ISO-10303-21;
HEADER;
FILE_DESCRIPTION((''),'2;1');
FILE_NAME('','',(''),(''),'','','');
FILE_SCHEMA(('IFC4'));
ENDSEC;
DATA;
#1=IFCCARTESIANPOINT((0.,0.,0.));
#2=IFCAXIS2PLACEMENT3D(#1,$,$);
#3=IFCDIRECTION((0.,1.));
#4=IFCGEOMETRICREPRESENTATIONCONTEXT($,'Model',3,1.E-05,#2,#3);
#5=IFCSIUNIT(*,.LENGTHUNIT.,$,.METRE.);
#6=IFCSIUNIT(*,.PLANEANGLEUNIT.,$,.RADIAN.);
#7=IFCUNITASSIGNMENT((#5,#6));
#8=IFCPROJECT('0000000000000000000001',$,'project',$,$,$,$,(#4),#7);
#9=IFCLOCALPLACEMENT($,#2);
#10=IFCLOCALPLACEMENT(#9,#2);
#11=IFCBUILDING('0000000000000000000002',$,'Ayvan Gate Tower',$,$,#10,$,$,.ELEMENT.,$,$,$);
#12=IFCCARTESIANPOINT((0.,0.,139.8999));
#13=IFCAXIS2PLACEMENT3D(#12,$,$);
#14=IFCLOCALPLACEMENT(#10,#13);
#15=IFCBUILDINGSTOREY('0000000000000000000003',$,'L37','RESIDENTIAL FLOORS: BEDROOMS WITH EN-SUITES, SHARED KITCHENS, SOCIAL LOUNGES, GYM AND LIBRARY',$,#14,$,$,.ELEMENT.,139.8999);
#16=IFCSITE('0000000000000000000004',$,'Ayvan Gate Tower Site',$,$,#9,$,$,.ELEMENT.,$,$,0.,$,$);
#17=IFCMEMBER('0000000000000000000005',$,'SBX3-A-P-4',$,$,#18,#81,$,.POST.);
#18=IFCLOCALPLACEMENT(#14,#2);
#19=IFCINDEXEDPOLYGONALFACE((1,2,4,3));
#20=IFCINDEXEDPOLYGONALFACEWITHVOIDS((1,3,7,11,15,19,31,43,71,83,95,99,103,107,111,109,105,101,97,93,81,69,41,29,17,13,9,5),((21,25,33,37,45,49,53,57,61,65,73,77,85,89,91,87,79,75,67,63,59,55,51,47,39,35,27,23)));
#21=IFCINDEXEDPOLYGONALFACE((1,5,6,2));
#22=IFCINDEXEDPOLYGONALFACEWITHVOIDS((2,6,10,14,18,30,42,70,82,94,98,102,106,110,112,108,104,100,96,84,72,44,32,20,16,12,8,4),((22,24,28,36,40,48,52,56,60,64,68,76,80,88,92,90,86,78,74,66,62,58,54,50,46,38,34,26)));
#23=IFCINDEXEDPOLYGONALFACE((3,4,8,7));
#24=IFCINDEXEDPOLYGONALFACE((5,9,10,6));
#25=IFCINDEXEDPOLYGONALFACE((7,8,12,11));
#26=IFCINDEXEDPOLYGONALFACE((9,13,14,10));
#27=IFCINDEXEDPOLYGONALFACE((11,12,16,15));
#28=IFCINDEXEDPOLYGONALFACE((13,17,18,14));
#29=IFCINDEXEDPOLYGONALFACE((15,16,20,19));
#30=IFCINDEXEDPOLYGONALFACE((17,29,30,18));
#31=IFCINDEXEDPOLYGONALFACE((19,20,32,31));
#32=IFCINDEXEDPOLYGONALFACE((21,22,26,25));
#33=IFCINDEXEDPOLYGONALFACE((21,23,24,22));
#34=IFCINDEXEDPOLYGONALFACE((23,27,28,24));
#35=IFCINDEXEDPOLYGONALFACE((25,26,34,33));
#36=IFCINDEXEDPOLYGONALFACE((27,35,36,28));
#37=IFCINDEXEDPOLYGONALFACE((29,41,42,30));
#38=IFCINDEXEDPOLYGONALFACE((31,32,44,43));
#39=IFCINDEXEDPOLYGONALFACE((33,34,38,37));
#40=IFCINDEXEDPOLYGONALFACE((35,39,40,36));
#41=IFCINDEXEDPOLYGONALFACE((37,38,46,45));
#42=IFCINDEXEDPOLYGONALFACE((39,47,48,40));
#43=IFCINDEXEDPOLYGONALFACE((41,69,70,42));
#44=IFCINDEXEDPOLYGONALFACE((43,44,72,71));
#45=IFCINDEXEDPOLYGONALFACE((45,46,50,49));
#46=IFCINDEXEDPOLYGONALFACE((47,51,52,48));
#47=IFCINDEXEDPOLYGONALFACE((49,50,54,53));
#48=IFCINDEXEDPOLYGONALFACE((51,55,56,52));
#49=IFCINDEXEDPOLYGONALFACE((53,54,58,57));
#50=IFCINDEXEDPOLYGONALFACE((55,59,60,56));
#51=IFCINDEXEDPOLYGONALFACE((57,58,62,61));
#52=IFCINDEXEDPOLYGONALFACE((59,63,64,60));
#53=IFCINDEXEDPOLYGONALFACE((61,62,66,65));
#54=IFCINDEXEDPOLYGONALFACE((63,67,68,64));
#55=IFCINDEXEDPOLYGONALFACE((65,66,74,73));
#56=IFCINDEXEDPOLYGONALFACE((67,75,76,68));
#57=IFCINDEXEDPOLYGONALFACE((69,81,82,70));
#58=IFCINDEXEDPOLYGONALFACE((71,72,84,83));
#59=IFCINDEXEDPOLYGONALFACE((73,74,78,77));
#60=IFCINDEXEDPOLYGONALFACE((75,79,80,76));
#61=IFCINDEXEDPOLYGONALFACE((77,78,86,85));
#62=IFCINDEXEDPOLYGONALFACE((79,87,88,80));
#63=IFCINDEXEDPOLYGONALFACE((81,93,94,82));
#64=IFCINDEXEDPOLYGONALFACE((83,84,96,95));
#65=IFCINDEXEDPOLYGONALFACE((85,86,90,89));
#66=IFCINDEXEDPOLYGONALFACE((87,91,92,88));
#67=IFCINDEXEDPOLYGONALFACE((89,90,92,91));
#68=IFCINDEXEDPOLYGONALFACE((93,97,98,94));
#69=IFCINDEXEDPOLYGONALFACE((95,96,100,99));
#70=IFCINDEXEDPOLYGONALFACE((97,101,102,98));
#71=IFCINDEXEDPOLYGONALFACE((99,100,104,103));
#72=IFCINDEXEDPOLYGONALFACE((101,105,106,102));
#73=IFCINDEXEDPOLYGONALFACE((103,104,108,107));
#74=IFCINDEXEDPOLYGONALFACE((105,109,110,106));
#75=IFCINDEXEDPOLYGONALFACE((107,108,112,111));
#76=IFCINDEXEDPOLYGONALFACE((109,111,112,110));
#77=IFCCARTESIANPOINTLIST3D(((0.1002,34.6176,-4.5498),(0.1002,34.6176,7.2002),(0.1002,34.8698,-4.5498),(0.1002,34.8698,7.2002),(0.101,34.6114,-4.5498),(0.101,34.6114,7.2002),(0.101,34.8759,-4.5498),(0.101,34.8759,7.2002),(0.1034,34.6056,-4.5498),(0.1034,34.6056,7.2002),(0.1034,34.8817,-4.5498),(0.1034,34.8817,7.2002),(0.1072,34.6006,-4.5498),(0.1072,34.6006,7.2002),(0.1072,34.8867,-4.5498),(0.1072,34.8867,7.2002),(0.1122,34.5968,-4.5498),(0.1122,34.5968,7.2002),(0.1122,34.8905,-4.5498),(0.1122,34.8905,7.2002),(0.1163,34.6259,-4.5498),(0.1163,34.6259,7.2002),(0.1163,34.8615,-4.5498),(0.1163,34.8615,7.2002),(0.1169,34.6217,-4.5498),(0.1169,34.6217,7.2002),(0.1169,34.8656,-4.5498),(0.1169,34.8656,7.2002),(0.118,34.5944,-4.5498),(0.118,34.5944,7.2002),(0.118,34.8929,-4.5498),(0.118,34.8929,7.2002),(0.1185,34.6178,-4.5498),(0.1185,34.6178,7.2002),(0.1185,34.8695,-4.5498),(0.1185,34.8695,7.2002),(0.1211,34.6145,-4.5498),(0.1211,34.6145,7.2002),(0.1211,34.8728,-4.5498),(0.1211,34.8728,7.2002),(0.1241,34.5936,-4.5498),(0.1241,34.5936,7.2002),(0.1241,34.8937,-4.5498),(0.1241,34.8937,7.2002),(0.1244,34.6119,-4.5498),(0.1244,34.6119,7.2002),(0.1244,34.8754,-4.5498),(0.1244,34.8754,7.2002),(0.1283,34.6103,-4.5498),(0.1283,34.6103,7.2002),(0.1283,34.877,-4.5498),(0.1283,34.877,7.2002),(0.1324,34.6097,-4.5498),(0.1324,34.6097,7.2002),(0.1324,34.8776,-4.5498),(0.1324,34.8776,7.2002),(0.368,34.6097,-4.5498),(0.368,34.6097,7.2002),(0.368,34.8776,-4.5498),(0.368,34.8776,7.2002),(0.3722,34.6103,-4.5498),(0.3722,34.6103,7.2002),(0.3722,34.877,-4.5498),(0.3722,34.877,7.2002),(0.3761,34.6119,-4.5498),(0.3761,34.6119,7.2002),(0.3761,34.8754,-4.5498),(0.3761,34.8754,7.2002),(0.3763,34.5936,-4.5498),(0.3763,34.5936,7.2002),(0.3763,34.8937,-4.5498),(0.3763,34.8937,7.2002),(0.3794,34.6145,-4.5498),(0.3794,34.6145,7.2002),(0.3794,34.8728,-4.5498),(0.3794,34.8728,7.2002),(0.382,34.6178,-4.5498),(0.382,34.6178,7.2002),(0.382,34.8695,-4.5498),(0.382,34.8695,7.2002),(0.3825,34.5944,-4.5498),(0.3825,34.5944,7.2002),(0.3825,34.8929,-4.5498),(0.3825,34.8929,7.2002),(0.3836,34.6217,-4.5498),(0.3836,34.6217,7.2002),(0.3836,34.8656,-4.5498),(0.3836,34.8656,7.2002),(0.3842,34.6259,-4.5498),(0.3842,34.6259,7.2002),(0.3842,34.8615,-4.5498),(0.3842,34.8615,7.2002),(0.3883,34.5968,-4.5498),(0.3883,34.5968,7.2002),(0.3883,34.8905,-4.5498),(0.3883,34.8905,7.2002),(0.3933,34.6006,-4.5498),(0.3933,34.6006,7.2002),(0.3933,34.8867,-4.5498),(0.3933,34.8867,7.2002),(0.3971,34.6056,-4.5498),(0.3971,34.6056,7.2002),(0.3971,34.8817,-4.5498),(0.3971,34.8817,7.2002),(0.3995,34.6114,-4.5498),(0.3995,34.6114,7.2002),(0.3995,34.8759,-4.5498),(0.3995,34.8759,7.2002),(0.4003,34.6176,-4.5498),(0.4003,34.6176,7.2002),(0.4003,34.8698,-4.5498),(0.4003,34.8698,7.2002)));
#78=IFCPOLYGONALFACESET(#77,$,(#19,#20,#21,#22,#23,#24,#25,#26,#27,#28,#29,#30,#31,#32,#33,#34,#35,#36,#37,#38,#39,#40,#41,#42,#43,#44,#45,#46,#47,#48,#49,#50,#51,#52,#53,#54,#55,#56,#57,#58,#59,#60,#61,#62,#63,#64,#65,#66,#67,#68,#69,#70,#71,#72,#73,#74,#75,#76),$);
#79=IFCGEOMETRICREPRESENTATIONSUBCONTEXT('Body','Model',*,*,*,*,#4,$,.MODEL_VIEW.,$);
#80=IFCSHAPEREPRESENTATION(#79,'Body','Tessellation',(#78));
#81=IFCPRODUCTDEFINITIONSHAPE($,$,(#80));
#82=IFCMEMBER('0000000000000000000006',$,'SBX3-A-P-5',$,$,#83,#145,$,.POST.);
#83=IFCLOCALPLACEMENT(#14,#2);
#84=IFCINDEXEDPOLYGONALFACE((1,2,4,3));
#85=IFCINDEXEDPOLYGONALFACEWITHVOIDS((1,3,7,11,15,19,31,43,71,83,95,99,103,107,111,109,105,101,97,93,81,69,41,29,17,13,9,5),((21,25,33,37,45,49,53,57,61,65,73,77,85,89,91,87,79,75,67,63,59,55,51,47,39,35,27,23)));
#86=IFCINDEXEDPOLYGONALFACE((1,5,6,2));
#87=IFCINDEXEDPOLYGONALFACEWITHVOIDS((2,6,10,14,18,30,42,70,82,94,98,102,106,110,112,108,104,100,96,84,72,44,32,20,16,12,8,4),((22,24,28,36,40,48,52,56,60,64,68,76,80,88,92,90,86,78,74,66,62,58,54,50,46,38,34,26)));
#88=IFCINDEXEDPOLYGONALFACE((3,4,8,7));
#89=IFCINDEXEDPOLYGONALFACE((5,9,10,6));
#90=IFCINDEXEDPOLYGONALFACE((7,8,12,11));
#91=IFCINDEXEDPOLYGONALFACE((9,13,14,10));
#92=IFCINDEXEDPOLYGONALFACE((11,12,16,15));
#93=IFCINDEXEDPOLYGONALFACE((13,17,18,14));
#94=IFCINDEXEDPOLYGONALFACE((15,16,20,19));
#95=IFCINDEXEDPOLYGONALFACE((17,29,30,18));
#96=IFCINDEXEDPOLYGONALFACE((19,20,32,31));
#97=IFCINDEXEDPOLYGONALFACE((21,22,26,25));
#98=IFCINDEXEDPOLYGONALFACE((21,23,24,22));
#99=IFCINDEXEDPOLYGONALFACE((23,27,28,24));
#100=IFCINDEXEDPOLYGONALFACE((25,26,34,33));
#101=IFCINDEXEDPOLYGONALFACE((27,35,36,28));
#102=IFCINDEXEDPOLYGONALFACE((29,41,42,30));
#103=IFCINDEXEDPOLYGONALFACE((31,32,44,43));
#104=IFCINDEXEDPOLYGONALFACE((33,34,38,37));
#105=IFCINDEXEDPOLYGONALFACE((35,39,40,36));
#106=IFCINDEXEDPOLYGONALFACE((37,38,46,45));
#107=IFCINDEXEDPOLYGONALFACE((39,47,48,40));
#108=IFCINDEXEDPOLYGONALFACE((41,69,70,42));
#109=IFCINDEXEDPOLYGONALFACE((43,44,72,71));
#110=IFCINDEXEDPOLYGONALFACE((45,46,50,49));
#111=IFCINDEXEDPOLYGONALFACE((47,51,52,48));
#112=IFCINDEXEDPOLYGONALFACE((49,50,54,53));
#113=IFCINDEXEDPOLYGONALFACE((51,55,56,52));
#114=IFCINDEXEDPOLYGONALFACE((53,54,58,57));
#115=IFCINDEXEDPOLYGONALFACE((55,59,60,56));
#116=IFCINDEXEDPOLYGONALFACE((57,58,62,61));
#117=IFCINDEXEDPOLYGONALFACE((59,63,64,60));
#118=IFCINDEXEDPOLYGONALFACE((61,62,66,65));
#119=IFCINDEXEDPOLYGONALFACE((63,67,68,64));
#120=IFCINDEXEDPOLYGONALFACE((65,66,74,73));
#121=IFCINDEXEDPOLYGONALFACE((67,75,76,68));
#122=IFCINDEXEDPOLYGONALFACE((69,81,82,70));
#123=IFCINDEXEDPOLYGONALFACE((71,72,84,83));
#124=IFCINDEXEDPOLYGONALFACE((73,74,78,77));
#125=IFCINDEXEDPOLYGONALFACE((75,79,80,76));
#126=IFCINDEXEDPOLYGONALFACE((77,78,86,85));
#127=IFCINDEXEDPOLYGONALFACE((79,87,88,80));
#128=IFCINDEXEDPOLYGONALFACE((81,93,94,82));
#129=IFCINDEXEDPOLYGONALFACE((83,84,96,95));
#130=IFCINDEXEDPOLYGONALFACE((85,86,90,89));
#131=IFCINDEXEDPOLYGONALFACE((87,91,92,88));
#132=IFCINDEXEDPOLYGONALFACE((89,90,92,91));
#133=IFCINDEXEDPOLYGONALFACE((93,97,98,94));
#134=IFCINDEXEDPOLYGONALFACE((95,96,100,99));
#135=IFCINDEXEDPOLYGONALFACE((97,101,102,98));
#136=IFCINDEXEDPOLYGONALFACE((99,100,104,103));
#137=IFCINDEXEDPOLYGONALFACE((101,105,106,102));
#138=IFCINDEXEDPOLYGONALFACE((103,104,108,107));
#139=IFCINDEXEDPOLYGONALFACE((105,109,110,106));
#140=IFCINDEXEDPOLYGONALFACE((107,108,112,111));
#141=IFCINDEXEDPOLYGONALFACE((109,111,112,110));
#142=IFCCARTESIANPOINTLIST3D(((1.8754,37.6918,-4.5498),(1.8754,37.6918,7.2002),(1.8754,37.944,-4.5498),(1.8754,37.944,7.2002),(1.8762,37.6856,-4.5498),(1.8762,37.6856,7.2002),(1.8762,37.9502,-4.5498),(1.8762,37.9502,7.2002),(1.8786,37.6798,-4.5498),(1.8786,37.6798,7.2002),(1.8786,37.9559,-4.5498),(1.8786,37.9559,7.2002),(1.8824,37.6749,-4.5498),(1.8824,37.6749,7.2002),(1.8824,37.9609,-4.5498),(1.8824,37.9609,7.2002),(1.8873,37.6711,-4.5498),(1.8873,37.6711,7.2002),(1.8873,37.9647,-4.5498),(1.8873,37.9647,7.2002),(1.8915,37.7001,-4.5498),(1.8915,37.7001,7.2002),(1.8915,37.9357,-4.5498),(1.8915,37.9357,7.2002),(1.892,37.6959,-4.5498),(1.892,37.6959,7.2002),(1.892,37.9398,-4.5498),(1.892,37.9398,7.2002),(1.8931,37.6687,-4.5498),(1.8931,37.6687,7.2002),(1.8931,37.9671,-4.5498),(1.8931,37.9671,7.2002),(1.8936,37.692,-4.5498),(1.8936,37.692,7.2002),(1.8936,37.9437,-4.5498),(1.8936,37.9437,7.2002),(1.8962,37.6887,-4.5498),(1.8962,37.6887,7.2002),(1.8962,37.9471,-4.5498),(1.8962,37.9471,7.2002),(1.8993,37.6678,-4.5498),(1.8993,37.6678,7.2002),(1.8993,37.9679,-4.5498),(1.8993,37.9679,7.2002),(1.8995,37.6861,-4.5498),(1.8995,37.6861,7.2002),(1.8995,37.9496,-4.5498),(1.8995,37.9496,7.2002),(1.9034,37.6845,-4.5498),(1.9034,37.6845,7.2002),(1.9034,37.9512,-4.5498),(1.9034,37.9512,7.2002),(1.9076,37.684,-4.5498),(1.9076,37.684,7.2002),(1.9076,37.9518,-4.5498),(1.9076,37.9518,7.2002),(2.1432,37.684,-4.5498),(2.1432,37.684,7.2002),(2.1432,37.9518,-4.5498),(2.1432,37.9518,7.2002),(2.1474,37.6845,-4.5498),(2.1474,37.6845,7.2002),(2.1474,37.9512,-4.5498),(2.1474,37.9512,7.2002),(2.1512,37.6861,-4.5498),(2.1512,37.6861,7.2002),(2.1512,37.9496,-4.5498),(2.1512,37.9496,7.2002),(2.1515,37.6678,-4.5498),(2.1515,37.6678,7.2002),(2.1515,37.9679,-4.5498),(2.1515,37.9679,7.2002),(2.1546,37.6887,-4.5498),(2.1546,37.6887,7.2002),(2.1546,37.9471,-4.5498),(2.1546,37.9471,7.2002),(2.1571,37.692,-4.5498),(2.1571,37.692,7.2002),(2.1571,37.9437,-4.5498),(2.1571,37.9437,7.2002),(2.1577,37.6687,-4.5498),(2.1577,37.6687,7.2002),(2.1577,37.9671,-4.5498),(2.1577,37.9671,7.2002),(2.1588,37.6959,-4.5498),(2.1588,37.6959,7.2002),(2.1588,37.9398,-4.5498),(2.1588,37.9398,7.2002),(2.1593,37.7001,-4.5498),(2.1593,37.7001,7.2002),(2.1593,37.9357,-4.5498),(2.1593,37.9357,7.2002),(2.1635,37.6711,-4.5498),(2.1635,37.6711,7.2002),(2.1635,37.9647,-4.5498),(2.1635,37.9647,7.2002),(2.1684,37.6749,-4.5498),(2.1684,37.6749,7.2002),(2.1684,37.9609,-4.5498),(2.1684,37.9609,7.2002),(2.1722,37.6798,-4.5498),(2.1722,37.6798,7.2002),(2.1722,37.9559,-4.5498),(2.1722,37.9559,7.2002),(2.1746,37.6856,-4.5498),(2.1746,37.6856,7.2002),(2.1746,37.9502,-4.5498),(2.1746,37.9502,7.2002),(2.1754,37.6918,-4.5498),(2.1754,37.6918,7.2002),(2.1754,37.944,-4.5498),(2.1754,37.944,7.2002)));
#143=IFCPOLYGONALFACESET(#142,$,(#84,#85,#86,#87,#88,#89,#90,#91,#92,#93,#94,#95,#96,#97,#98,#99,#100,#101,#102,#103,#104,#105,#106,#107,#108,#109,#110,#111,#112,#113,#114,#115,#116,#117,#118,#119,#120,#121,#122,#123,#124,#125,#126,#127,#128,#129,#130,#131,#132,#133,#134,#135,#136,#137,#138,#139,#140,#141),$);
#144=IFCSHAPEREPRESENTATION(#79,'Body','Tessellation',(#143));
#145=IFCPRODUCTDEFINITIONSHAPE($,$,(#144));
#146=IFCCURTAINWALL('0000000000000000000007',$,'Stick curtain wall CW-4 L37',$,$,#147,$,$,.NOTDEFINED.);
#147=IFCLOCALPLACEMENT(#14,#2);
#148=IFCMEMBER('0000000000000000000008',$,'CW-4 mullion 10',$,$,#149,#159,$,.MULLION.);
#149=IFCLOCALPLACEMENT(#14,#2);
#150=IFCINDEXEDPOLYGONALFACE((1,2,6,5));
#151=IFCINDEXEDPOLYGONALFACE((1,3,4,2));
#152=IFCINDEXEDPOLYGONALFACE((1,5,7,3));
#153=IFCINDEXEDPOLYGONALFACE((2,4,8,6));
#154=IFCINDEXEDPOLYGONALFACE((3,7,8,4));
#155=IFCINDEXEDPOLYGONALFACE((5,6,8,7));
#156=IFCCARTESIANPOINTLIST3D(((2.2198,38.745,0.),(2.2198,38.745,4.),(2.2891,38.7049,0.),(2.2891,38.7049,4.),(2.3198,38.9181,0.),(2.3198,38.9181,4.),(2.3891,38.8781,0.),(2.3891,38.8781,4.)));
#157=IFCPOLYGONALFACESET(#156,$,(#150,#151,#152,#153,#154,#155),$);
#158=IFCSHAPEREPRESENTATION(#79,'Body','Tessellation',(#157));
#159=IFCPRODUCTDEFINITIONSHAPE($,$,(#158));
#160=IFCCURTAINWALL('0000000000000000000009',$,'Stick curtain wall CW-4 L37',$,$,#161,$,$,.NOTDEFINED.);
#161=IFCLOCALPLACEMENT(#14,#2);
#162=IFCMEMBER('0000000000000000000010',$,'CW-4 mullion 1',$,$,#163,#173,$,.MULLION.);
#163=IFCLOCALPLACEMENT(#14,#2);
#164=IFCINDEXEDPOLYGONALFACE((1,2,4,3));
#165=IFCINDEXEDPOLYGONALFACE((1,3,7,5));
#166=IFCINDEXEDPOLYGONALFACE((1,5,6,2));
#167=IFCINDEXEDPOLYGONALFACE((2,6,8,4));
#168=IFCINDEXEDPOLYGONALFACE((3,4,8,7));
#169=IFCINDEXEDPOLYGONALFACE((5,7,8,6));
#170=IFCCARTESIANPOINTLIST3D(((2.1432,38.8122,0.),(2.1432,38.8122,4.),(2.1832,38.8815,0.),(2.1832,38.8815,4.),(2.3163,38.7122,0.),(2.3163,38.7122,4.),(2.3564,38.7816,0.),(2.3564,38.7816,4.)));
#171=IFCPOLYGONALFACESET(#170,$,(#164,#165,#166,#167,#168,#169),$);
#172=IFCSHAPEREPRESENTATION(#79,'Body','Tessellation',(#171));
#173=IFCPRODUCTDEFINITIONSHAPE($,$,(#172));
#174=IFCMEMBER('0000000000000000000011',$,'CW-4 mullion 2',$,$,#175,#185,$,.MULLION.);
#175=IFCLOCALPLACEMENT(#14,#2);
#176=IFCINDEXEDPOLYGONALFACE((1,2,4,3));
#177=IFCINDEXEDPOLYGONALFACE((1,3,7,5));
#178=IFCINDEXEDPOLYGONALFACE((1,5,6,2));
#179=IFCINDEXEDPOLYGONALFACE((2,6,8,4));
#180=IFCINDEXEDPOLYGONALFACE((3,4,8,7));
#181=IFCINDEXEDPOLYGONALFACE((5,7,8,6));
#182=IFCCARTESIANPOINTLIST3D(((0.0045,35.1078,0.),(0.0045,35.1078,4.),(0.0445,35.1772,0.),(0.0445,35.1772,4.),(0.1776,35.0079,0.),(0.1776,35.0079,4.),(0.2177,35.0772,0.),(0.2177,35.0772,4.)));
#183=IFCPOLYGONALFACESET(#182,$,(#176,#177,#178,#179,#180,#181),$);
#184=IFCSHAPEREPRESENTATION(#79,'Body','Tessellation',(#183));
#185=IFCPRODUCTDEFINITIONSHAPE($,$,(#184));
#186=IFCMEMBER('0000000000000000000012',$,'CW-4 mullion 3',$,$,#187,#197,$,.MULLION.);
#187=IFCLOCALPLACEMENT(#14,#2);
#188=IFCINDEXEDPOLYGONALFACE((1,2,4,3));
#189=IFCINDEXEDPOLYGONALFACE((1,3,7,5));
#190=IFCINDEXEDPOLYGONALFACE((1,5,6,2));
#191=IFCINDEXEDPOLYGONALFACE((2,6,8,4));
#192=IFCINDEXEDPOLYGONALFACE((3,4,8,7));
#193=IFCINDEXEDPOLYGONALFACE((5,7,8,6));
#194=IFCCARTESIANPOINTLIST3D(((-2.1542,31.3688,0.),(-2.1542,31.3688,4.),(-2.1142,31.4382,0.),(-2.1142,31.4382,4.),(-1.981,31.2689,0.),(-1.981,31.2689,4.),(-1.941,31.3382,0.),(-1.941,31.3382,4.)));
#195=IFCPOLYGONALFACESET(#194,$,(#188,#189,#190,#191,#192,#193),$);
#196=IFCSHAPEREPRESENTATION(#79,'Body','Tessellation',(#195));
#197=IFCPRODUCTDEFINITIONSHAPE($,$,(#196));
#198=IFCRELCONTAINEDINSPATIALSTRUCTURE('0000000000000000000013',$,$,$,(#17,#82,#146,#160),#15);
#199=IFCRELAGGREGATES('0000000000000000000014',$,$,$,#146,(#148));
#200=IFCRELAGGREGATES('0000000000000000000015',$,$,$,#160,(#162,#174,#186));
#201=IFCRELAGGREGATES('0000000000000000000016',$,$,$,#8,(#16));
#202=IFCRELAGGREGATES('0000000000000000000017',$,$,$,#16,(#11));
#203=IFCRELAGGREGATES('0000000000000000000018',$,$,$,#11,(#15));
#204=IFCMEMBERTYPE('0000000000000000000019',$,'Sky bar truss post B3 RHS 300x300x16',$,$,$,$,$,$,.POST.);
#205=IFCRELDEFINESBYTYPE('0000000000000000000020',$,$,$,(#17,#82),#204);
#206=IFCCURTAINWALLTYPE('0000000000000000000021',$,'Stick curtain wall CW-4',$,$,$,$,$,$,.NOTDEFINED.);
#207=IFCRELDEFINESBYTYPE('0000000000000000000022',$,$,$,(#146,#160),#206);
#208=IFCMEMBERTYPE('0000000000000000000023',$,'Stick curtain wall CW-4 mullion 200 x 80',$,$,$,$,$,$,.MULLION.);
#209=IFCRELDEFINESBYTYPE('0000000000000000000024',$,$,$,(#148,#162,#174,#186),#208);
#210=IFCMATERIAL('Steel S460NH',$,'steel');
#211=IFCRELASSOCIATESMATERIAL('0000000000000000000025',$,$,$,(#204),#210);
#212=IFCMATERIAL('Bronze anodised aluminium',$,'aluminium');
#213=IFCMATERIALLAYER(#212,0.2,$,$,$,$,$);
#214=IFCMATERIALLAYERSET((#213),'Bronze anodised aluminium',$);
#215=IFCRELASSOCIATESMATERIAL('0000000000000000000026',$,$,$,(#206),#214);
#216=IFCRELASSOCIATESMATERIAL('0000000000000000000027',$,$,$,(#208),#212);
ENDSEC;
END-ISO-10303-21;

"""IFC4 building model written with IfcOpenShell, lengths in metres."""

from ifc_helpers import new_model, si_unit, direction, frame, origin, origin_2d, place, context, subcontext, project, spatial, rectangle, hollow_rectangle, extrude, material, layer, layer_set, material_profile, profile_set, type_object, element, aggregate, save


model = new_model("IFC4")

# Units and contexts
model_context = context("Model", 3, precision=1e-05, world=origin(), true_north=direction((0.0, 1.0)))
body_context = subcontext(model_context, "Body", "Model", "MODEL_VIEW")
ifc_project = project(units=[si_unit("LENGTHUNIT", "METRE"), si_unit("PLANEANGLEUNIT", "RADIAN")], contexts=[model_context])

# Site, building, storey
site_placement = place(None, origin())
site = spatial("IfcSite", under=ifc_project, at=site_placement, Name="Ayvan Gate Tower Site", CompositionType="ELEMENT", RefElevation=0.0)
building_placement = place(site_placement, origin())
building = spatial("IfcBuilding", under=site, at=building_placement, Name="Ayvan Gate Tower", CompositionType="ELEMENT")
storey_placement = place(building_placement, frame((0.0, 0.0, 139.8999)))
storey = spatial("IfcBuildingStorey", under=building, at=storey_placement, Name="L37", Description="RESIDENTIAL FLOORS: BEDROOMS WITH EN-SUITES, SHARED KITCHENS, SOCIAL LOUNGES, GYM AND LIBRARY", CompositionType="ELEMENT", Elevation=139.8999)

# Members
ifc_material_1 = material(Name="Steel S460NH", Category="steel")
ifc_material_profile_1 = material_profile(ifc_material_1, hollow_rectangle(XDim=0.3, YDim=0.3, WallThickness=0.0161, InnerFilletRadius=0.0161, OuterFilletRadius=0.0239, at=origin_2d()), Name="RHS 300x300x16")
ifc_profile_set_1 = profile_set([ifc_material_profile_1], Name="Steel S460NH")
member_type_1 = type_object("IfcMemberType", Name="Sky bar truss post B3 RHS 300x300x16", PredefinedType="POST", material=ifc_profile_set_1)
for number, where, z_axis, x_axis, name in (
    (1, (0.2502, 34.7437, -4.5498), (0.0, 0.0, 1.0), (1.0, 0.0, 0.0), "SBX3-A-P-4"),
    (2, (2.0254, 37.8179, -4.5498), (0.0, 0.0, 1.0), (1.0, 0.0, 0.0), "SBX3-A-P-5"),
):
    element("IfcMember", number, at=place(storey_placement, frame(where, z_axis=z_axis, x_axis=x_axis)), inside=storey, type_object=member_type_1, Name=name, PredefinedType="POST", context=body_context, shape_type="SweptSolid", body=[
        extrude(hollow_rectangle(XDim=0.3, YDim=0.3, WallThickness=0.0161, InnerFilletRadius=0.0161, OuterFilletRadius=0.0239, at=origin_2d()), origin(), (0.0, 0.0, 1.0), 11.75),
    ])

# Curtain wall, member
ifc_material_2 = material(Name="Bronze anodised aluminium", Category="aluminium")
ifc_layer_1 = layer(ifc_material_2, 0.2)
ifc_layer_set_1 = layer_set([ifc_layer_1], Name="Bronze anodised aluminium")
curtain_wall_type = type_object("IfcCurtainWallType", Name="Stick curtain wall CW-4", PredefinedType="NOTDEFINED", material=ifc_layer_set_1)
curtain_wall_1_placement = place(storey_placement, origin())
curtain_wall_1 = element("IfcCurtainWall", 3, at=curtain_wall_1_placement, inside=storey, type_object=curtain_wall_type, Name="Stick curtain wall CW-4 L37", PredefinedType="NOTDEFINED")
ifc_material_profile_2 = material_profile(ifc_material_2, rectangle(XDim=0.2, YDim=0.0801, at=origin_2d()), Name="Stick curtain wall CW-4 mullion 200 x 80")
ifc_profile_set_2 = profile_set([ifc_material_profile_2], Name="Bronze anodised aluminium")
member_type_2 = type_object("IfcMemberType", Name="Stick curtain wall CW-4 mullion 200 x 80", PredefinedType="MULLION", material=ifc_profile_set_2)
member_1_placement = place(storey_placement, frame((2.3044, 38.8115, 0.0), z_axis=(0.0, 0.0, 1.0), x_axis=(0.5, 0.866025, 0.0)))
member_1 = element("IfcMember", 4, at=member_1_placement, type_object=member_type_2, Name="CW-4 mullion 10", PredefinedType="MULLION", context=body_context, shape_type="SweptSolid", body=[
    extrude(rectangle(XDim=0.2, YDim=0.0801, at=origin_2d()), origin(), (0.0, 0.0, 1.0), 4.0),
])
aggregate(curtain_wall_1, [member_1])

# Curtain wall, members
curtain_wall_2_placement = place(storey_placement, origin())
curtain_wall_2 = element("IfcCurtainWall", 5, at=curtain_wall_2_placement, inside=storey, type_object=curtain_wall_type, Name="Stick curtain wall CW-4 L37", PredefinedType="NOTDEFINED")
member_2_placement = place(storey_placement, frame((2.2498, 38.7969, 0.0), z_axis=(0.0, 0.0, 1.0), x_axis=(-0.866025, 0.5, 0.0)))
member_2 = element("IfcMember", 6, at=member_2_placement, type_object=member_type_2, Name="CW-4 mullion 1", PredefinedType="MULLION", context=body_context, shape_type="SweptSolid", body=[
    extrude(rectangle(XDim=0.2, YDim=0.0801, at=origin_2d()), origin(), (0.0, 0.0, 1.0), 4.0),
])
member_3_placement = place(storey_placement, frame((0.1111, 35.0925, 0.0), z_axis=(0.0, 0.0, 1.0), x_axis=(-0.866025, 0.5, 0.0)))
member_3 = element("IfcMember", 7, at=member_3_placement, type_object=member_type_2, Name="CW-4 mullion 2", PredefinedType="MULLION", context=body_context, shape_type="SweptSolid", body=[
    extrude(rectangle(XDim=0.2, YDim=0.0801, at=origin_2d()), origin(), (0.0, 0.0, 1.0), 4.0),
])
member_4_placement = place(storey_placement, frame((-2.0476, 31.3535, 0.0), z_axis=(0.0, 0.0, 1.0), x_axis=(-0.866025, 0.5, 0.0)))
member_4 = element("IfcMember", 8, at=member_4_placement, type_object=member_type_2, Name="CW-4 mullion 3", PredefinedType="MULLION", context=body_context, shape_type="SweptSolid", body=[
    extrude(rectangle(XDim=0.2, YDim=0.0801, at=origin_2d()), origin(), (0.0, 0.0, 1.0), 4.0),
])

aggregate(curtain_wall_2, [member_2, member_3, member_4])

save(model, "model.ifc")
